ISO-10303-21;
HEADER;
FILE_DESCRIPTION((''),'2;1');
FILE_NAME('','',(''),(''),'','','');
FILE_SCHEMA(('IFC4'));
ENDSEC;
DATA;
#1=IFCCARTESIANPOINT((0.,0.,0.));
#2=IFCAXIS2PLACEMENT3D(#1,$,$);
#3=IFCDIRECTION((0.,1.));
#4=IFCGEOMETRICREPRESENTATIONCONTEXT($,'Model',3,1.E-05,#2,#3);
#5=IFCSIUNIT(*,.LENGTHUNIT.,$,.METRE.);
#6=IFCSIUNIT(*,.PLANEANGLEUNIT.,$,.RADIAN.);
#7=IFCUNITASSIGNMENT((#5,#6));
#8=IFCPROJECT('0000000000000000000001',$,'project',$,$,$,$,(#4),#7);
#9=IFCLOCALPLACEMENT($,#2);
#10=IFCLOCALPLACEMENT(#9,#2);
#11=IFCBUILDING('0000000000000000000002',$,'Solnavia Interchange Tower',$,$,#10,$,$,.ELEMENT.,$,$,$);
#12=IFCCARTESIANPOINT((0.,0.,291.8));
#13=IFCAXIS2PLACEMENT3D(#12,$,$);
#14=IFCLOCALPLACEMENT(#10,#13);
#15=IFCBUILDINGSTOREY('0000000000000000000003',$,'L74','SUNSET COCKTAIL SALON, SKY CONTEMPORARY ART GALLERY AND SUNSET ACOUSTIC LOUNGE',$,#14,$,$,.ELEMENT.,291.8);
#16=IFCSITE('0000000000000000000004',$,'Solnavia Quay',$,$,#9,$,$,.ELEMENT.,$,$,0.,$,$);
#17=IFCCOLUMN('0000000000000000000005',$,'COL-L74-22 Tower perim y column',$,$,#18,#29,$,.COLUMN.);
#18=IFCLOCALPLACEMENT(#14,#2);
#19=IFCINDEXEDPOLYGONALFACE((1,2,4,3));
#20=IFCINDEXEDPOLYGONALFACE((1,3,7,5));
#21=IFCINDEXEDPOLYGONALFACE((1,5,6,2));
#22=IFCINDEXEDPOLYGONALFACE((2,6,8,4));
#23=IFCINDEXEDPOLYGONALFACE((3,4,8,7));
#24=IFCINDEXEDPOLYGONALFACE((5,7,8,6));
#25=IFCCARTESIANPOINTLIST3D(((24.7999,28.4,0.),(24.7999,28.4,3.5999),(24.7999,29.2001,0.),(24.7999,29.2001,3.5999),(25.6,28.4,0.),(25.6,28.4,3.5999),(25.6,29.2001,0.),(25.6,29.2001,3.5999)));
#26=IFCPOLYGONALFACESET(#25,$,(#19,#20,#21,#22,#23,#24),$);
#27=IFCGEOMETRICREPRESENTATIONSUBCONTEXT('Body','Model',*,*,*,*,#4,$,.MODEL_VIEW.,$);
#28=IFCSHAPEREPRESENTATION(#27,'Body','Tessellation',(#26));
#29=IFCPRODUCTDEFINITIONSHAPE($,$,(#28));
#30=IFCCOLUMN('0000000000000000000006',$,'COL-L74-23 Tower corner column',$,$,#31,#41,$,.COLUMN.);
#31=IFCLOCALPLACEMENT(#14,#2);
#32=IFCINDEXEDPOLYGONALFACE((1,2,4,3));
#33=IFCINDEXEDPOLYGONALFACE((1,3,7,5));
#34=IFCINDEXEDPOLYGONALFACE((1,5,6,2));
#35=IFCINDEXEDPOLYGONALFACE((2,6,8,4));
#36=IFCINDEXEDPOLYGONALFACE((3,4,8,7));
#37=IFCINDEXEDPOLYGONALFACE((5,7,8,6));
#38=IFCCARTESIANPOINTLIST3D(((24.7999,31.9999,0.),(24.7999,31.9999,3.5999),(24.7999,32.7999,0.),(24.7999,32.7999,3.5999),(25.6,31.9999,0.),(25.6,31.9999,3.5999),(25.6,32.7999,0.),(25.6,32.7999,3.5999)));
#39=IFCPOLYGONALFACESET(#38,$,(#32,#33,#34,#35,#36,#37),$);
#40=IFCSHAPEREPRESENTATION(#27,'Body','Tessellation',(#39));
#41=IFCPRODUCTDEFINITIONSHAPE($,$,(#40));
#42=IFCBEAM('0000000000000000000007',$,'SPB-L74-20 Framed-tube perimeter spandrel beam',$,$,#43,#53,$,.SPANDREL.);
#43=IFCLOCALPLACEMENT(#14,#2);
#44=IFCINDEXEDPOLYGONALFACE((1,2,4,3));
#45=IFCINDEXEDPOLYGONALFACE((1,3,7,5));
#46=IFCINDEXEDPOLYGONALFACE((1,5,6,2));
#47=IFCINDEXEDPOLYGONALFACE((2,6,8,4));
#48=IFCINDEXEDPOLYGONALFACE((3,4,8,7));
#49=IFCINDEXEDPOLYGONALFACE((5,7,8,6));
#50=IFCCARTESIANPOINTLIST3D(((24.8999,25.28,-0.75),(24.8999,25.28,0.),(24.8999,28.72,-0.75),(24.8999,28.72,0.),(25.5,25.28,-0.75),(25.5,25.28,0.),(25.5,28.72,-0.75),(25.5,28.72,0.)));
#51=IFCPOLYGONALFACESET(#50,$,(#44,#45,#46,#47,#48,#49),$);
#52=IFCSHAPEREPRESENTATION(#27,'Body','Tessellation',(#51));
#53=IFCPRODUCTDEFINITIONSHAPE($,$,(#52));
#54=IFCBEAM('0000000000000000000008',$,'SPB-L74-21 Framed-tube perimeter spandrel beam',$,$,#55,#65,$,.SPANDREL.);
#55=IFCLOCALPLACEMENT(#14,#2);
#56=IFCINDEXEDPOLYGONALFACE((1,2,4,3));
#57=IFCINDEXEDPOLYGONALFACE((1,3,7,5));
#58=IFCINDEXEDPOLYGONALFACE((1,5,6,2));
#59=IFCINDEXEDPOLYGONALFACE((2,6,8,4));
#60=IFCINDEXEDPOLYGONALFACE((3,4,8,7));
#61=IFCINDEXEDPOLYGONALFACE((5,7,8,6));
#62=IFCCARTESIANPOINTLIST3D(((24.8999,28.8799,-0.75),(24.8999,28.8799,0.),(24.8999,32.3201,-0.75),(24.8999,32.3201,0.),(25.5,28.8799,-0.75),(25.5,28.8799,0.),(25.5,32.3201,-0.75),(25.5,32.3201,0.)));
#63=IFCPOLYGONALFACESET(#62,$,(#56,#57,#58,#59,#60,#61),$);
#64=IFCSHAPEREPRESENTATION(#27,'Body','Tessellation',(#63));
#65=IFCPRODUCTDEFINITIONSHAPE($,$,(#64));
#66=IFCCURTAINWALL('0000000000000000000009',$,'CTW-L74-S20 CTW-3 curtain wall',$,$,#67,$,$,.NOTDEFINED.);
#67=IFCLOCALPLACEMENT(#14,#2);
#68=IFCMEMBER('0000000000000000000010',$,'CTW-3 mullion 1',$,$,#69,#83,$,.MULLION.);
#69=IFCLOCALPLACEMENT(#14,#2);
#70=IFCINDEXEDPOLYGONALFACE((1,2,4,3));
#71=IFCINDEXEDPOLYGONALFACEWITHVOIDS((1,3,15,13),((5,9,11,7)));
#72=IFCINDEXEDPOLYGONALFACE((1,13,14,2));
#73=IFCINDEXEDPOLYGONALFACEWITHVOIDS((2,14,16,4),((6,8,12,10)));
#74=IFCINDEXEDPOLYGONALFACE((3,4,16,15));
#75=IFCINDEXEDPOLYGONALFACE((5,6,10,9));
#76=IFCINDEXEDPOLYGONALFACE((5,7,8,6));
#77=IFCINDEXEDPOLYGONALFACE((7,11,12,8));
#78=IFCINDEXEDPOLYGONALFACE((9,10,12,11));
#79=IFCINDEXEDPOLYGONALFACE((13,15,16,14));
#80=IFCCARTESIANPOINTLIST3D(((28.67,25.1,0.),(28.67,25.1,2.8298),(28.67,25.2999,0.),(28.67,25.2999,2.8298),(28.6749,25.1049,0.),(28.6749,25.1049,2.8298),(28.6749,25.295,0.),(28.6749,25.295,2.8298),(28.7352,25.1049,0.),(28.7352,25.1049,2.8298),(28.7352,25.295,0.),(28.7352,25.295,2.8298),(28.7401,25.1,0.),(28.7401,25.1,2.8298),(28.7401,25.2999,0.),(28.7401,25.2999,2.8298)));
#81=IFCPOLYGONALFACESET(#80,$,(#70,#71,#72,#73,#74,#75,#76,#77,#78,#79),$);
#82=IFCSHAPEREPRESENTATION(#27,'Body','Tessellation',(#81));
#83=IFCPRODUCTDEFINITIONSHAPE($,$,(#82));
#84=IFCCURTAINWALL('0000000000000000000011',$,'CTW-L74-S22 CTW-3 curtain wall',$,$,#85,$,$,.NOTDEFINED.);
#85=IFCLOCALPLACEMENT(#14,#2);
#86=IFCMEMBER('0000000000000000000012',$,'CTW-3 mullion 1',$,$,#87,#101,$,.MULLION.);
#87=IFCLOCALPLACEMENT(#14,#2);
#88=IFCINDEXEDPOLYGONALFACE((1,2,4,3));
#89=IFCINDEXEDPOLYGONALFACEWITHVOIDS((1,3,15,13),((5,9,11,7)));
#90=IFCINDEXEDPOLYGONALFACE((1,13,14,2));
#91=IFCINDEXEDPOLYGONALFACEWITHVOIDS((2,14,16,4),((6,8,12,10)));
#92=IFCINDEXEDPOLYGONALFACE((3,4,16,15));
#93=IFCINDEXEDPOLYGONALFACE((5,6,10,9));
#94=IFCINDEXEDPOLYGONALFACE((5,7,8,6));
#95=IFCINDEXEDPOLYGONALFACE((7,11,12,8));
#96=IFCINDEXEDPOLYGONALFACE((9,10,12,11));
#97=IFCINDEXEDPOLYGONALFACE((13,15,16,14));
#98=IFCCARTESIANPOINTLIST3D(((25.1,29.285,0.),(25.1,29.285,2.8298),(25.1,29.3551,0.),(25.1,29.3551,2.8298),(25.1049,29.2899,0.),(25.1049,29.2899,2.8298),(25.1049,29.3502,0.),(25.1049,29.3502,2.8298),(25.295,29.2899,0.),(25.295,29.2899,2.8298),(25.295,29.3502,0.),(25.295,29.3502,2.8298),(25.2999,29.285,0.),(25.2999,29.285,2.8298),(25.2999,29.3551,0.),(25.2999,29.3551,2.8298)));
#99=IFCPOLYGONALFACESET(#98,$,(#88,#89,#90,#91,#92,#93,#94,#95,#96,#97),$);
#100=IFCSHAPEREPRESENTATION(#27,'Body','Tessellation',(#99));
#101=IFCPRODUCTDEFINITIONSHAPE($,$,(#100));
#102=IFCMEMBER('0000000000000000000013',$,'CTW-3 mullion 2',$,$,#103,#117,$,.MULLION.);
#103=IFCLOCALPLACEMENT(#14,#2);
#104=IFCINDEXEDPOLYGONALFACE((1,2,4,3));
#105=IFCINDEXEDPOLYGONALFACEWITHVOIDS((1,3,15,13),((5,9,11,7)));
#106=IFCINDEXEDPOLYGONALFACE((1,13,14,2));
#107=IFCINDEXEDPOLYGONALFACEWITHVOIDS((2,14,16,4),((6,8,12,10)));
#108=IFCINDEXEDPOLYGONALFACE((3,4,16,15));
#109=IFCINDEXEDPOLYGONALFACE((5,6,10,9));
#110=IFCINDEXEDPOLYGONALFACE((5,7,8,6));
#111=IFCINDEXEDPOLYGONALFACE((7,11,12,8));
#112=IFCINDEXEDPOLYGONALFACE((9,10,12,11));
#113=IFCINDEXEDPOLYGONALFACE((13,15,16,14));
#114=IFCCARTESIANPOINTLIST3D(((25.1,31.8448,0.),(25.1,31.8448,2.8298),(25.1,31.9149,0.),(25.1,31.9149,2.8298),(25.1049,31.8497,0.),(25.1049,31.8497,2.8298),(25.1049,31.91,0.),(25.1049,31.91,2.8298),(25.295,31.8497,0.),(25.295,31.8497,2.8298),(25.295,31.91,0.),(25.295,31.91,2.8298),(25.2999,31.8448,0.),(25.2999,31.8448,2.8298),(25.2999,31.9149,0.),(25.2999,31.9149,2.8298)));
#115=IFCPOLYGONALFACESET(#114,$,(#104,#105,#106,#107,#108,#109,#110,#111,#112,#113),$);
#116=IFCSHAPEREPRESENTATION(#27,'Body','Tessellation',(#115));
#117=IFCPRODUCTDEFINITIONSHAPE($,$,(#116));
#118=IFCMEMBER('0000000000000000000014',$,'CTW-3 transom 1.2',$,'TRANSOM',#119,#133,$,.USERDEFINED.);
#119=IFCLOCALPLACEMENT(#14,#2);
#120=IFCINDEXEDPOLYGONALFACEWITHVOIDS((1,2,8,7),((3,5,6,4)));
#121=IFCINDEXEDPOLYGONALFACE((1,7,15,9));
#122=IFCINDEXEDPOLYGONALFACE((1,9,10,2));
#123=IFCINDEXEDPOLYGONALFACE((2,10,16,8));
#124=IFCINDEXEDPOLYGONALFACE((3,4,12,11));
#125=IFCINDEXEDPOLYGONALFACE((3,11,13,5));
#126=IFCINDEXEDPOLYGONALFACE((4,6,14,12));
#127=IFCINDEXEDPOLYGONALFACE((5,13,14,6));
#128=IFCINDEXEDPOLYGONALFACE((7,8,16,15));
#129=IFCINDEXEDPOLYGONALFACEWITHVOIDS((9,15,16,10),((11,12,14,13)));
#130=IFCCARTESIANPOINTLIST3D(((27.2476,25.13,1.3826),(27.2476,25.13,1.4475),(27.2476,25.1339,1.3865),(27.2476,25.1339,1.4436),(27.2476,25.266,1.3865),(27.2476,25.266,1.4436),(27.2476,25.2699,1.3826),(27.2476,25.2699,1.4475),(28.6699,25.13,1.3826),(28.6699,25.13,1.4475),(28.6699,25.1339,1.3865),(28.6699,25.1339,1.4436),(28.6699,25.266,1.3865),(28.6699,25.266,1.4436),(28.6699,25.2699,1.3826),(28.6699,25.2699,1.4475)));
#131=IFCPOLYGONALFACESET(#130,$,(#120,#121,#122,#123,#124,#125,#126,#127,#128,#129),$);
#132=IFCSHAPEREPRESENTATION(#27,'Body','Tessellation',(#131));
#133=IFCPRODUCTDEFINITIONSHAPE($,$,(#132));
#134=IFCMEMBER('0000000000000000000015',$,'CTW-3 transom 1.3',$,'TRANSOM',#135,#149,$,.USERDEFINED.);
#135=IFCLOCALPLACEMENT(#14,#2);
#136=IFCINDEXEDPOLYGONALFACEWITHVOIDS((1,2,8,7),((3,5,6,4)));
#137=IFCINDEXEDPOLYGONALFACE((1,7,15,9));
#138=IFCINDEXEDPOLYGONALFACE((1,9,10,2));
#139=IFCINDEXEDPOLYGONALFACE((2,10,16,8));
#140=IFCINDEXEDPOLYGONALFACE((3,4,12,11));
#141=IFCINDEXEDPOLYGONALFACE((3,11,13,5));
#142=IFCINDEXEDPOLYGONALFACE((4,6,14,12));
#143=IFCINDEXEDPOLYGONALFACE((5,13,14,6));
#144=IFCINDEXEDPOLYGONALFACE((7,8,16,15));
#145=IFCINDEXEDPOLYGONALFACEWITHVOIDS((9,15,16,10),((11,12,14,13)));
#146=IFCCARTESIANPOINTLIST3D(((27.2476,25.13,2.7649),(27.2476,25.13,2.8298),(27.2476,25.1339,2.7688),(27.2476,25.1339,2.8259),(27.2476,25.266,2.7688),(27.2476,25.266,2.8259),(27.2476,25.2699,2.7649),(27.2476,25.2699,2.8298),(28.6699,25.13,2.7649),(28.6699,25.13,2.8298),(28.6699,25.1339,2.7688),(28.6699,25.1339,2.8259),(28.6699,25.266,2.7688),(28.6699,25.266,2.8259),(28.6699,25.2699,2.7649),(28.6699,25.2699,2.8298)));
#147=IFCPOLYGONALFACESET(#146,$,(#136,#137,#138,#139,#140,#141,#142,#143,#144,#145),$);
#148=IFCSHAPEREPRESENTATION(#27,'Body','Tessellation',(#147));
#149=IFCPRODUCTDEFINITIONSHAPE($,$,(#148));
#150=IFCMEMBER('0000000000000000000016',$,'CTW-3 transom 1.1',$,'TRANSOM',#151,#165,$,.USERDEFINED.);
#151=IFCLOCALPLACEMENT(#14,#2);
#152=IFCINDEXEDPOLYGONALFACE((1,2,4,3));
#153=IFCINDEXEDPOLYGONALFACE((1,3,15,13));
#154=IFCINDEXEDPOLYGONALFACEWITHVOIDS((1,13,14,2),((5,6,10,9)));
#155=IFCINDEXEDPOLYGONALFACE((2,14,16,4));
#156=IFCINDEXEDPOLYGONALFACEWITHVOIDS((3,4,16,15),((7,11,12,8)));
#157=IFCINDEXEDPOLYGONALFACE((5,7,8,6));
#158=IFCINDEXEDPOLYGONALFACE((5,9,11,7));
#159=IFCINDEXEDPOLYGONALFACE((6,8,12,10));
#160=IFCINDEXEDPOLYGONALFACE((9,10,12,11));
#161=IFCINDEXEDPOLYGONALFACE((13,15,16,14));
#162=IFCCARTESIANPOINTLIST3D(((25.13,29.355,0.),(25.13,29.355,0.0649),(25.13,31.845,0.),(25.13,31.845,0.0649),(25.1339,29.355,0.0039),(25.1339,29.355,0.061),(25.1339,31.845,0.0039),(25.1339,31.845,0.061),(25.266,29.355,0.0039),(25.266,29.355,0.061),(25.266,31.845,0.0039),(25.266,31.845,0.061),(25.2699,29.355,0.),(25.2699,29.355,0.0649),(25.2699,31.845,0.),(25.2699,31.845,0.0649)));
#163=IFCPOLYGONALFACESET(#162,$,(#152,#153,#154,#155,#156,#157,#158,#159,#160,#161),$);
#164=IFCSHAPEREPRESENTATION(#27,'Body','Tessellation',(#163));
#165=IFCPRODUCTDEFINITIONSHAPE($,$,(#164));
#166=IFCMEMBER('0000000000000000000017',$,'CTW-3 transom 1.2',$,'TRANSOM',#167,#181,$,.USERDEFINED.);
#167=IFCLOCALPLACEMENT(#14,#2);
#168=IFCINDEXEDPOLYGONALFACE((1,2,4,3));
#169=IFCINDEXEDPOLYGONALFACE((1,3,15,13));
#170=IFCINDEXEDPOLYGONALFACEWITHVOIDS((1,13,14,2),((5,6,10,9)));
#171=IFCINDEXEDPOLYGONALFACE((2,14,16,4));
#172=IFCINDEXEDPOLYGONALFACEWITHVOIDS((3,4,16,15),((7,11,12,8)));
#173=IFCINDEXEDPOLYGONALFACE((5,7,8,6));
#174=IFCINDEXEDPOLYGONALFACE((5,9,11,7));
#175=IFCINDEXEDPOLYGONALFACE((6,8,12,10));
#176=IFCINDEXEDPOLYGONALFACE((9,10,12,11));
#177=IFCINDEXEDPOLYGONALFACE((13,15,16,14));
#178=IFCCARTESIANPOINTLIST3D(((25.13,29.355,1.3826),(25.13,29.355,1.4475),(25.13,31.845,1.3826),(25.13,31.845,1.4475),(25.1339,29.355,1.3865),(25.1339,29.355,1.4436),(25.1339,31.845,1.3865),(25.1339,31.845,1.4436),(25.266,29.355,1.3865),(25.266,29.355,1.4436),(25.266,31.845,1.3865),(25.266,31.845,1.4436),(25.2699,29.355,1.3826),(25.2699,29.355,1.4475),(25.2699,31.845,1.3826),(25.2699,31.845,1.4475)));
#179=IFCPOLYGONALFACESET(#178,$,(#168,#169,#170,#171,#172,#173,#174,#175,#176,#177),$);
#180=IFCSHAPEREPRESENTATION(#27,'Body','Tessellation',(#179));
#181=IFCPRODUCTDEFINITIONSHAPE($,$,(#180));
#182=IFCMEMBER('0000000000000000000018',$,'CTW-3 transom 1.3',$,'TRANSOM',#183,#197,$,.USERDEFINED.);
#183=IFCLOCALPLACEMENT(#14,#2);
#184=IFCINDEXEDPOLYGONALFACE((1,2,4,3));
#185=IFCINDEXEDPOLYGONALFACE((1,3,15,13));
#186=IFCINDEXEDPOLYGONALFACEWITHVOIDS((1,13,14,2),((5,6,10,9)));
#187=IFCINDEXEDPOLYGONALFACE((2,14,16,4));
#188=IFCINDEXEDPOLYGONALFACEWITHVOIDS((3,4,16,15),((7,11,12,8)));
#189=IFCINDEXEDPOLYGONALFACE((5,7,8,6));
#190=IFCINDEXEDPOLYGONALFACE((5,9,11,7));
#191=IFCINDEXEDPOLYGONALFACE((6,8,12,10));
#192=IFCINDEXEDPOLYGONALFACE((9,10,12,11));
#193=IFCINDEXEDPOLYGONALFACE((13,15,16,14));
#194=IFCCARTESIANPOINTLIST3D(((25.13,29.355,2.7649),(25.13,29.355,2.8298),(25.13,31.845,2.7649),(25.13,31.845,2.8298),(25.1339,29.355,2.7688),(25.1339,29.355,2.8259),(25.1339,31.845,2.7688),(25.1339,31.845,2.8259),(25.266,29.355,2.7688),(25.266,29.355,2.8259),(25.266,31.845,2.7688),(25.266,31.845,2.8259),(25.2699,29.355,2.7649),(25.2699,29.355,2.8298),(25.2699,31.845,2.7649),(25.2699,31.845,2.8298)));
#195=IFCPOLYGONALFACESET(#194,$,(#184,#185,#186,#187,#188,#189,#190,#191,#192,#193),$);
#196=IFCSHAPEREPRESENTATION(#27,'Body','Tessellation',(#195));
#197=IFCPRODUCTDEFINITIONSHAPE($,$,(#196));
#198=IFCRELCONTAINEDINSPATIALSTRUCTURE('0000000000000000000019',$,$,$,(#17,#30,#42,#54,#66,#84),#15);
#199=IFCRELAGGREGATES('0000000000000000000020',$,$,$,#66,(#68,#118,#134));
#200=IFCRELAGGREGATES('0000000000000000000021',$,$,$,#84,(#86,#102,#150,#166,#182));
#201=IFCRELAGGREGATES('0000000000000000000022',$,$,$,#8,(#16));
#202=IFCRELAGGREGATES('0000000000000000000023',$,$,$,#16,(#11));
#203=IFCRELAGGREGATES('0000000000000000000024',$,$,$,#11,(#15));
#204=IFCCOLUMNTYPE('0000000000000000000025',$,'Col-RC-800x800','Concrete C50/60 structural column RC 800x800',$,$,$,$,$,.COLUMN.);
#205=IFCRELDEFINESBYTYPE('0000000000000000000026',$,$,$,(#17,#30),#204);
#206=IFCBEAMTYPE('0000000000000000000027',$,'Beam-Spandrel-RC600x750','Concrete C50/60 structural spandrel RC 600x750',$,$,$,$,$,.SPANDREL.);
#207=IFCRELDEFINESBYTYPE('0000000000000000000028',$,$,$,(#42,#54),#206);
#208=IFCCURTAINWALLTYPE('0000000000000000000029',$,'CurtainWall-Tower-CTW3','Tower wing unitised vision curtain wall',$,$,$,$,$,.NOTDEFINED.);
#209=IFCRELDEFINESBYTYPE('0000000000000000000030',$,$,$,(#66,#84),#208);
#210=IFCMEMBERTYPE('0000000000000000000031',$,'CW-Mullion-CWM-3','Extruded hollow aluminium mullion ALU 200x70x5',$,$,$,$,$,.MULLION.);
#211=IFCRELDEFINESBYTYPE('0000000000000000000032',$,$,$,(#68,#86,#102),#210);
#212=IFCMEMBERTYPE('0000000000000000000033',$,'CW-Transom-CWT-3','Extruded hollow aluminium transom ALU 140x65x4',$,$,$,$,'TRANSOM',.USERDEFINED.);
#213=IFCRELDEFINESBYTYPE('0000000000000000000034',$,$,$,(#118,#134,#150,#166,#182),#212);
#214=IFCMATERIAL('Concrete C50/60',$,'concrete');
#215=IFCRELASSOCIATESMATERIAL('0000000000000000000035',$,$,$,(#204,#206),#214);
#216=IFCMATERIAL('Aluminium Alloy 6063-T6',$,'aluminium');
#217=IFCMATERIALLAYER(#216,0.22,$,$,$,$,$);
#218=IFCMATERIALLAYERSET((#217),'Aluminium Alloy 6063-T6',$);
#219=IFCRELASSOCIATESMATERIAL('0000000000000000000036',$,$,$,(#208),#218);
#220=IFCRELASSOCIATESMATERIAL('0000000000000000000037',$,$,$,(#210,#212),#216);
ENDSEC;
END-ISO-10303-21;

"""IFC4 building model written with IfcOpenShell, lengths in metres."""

from ifc_helpers import new_model, si_unit, direction, frame, origin, origin_2d, place, context, subcontext, project, spatial, rectangle, hollow_rectangle, extrude, material, layer, layer_set, material_profile, profile_set, type_object, element, aggregate, save


model = new_model("IFC4")

# Units and contexts
model_context = context("Model", 3, precision=1e-05, world=origin(), true_north=direction((0.0, 1.0)))
body_context = subcontext(model_context, "Body", "Model", "MODEL_VIEW")
ifc_project = project(units=[si_unit("LENGTHUNIT", "METRE"), si_unit("PLANEANGLEUNIT", "RADIAN")], contexts=[model_context])

# Site, building, storey
site_placement = place(None, origin())
site = spatial("IfcSite", under=ifc_project, at=site_placement, Name="Solnavia Quay", CompositionType="ELEMENT", RefElevation=0.0)
building_placement = place(site_placement, origin())
building = spatial("IfcBuilding", under=site, at=building_placement, Name="Solnavia Interchange Tower", CompositionType="ELEMENT")
storey_placement = place(building_placement, frame((0.0, 0.0, 291.8)))
storey = spatial("IfcBuildingStorey", under=building, at=storey_placement, Name="L74", Description="SUNSET COCKTAIL SALON, SKY CONTEMPORARY ART GALLERY AND SUNSET ACOUSTIC LOUNGE", CompositionType="ELEMENT", Elevation=291.8)

# Columns
ifc_material_1 = material(Name="Concrete C50/60", Category="concrete")
ifc_material_profile_1 = material_profile(ifc_material_1, rectangle(XDim=0.8, YDim=0.8, at=origin_2d()), Name="RC 800x800")
ifc_profile_set_1 = profile_set([ifc_material_profile_1], Name="Concrete C50/60")
column_type = type_object("IfcColumnType", Name="Col-RC-800x800", Description="Concrete C50/60 structural column RC 800x800", PredefinedType="COLUMN", material=ifc_profile_set_1)
for number, where, z_axis, x_axis, name in (
    (1, (25.2, 28.8, 0.0), (0.0, 0.0, 1.0), (0.0, 1.0, 0.0), "COL-L74-22 Tower perim y column"),
    (2, (25.2, 32.3999, 0.0), (0.0, 0.0, 1.0), (0.0, 1.0, 0.0), "COL-L74-23 Tower corner column"),
):
    element("IfcColumn", number, at=place(storey_placement, frame(where, z_axis=z_axis, x_axis=x_axis)), inside=storey, type_object=column_type, Name=name, PredefinedType="COLUMN", context=body_context, shape_type="SweptSolid", body=[
        extrude(rectangle(XDim=0.8, YDim=0.8, at=origin_2d()), origin(), (0.0, 0.0, 1.0), 3.5999),
    ])

# Beams
ifc_material_profile_2 = material_profile(ifc_material_1, rectangle(XDim=0.6001, YDim=0.75, at=origin_2d()), Name="RC 600x750")
ifc_profile_set_2 = profile_set([ifc_material_profile_2], Name="Concrete C50/60")
beam_type = type_object("IfcBeamType", Name="Beam-Spandrel-RC600x750", Description="Concrete C50/60 structural spandrel RC 600x750", PredefinedType="SPANDREL", material=ifc_profile_set_2)
beam_1_placement = place(storey_placement, frame((25.2, 25.28, -0.375), z_axis=(0.0, 1.0, 0.0), x_axis=(-1.0, 0.0, 0.0)))
element("IfcBeam", 3, at=beam_1_placement, inside=storey, type_object=beam_type, Name="SPB-L74-20 Framed-tube perimeter spandrel beam", PredefinedType="SPANDREL", context=body_context, shape_type="SweptSolid", body=[
    extrude(rectangle(XDim=0.6001, YDim=0.75, at=origin_2d()), origin(), (0.0, 0.0, 1.0), 3.4399),
])
beam_2_placement = place(storey_placement, frame((25.2, 28.8799, -0.375), z_axis=(0.0, 1.0, 0.0), x_axis=(-1.0, 0.0, 0.0)))
element("IfcBeam", 4, at=beam_2_placement, inside=storey, type_object=beam_type, Name="SPB-L74-21 Framed-tube perimeter spandrel beam", PredefinedType="SPANDREL", context=body_context, shape_type="SweptSolid", body=[
    extrude(rectangle(XDim=0.6001, YDim=0.75, at=origin_2d()), origin(), (0.0, 0.0, 1.0), 3.4402),
])

# Curtain wall, member
ifc_material_2 = material(Name="Aluminium Alloy 6063-T6", Category="aluminium")
ifc_layer_1 = layer(ifc_material_2, 0.22)
ifc_layer_set_1 = layer_set([ifc_layer_1], Name="Aluminium Alloy 6063-T6")
curtain_wall_type = type_object("IfcCurtainWallType", Name="CurtainWall-Tower-CTW3", Description="Tower wing unitised vision curtain wall", PredefinedType="NOTDEFINED", material=ifc_layer_set_1)
curtain_wall_1_placement = place(storey_placement, origin())
curtain_wall_1 = element("IfcCurtainWall", 5, at=curtain_wall_1_placement, inside=storey, type_object=curtain_wall_type, Name="CTW-L74-S20 CTW-3 curtain wall", PredefinedType="NOTDEFINED")
ifc_material_profile_3 = material_profile(ifc_material_2, hollow_rectangle(XDim=0.0701, YDim=0.2, WallThickness=0.0049, at=origin_2d()), Name="ALU 200x70x5")
ifc_profile_set_3 = profile_set([ifc_material_profile_3], Name="Aluminium Alloy 6063-T6")
member_type_1 = type_object("IfcMemberType", Name="CW-Mullion-CWM-3", Description="Extruded hollow aluminium mullion ALU 200x70x5", PredefinedType="MULLION", material=ifc_profile_set_3)
member_1_placement = place(storey_placement, frame((28.7051, 25.2, 0.0), z_axis=(0.0, 0.0, 1.0), x_axis=(-1.0, 0.0, 0.0)))
member_1 = element("IfcMember", 6, at=member_1_placement, type_object=member_type_1, Name="CTW-3 mullion 1", PredefinedType="MULLION", context=body_context, shape_type="SweptSolid", body=[
    extrude(hollow_rectangle(XDim=0.0701, YDim=0.2, WallThickness=0.0049, at=origin_2d()), origin(), (0.0, 0.0, 1.0), 2.8298),
])

# Curtain wall, members
curtain_wall_2_placement = place(storey_placement, origin())
curtain_wall_2 = element("IfcCurtainWall", 7, at=curtain_wall_2_placement, inside=storey, type_object=curtain_wall_type, Name="CTW-L74-S22 CTW-3 curtain wall", PredefinedType="NOTDEFINED")
member_2_placement = place(storey_placement, frame((25.2, 29.3201, 0.0), z_axis=(0.0, 0.0, 1.0), x_axis=(0.0, 1.0, 0.0)))
member_2 = element("IfcMember", 8, at=member_2_placement, type_object=member_type_1, Name="CTW-3 mullion 1", PredefinedType="MULLION", context=body_context, shape_type="SweptSolid", body=[
    extrude(hollow_rectangle(XDim=0.0701, YDim=0.2, WallThickness=0.0049, at=origin_2d()), origin(), (0.0, 0.0, 1.0), 2.8298),
])
member_3_placement = place(storey_placement, frame((25.2, 31.8799, 0.0), z_axis=(0.0, 0.0, 1.0), x_axis=(0.0, 1.0, 0.0)))
member_3 = element("IfcMember", 9, at=member_3_placement, type_object=member_type_1, Name="CTW-3 mullion 2", PredefinedType="MULLION", context=body_context, shape_type="SweptSolid", body=[
    extrude(hollow_rectangle(XDim=0.0701, YDim=0.2, WallThickness=0.0049, at=origin_2d()), origin(), (0.0, 0.0, 1.0), 2.8298),
])

# Members
ifc_material_profile_4 = material_profile(ifc_material_2, hollow_rectangle(XDim=0.0649, YDim=0.1399, WallThickness=0.0039, at=origin_2d()), Name="ALU 140x65x4")
ifc_profile_set_4 = profile_set([ifc_material_profile_4], Name="Aluminium Alloy 6063-T6")
member_type_2 = type_object("IfcMemberType", Name="CW-Transom-CWT-3", Description="Extruded hollow aluminium transom ALU 140x65x4", ElementType="TRANSOM", PredefinedType="USERDEFINED", material=ifc_profile_set_4)
member_4_placement = place(storey_placement, frame((28.6699, 25.2, 1.415), z_axis=(-1.0, 0.0, 0.0), x_axis=(0.0, 0.0, 1.0)))
member_4 = element("IfcMember", 10, at=member_4_placement, type_object=member_type_2, Name="CTW-3 transom 1.2", ObjectType="TRANSOM", PredefinedType="USERDEFINED", context=body_context, shape_type="SweptSolid", body=[
    extrude(hollow_rectangle(XDim=0.0649, YDim=0.1399, WallThickness=0.0039, at=origin_2d()), origin(), (0.0, 0.0, 1.0), 1.4224),
])
member_5_placement = place(storey_placement, frame((28.6699, 25.2, 2.7974), z_axis=(-1.0, 0.0, 0.0), x_axis=(0.0, 0.0, 1.0)))
member_5 = element("IfcMember", 11, at=member_5_placement, type_object=member_type_2, Name="CTW-3 transom 1.3", ObjectType="TRANSOM", PredefinedType="USERDEFINED", context=body_context, shape_type="SweptSolid", body=[
    extrude(hollow_rectangle(XDim=0.0649, YDim=0.1399, WallThickness=0.0039, at=origin_2d()), origin(), (0.0, 0.0, 1.0), 1.4224),
])
aggregate(curtain_wall_1, [member_1, member_4, member_5])
member_6_placement = place(storey_placement, frame((25.2, 29.355, 0.0325), z_axis=(0.0, 1.0, 0.0), x_axis=(0.0, 0.0, 1.0)))
member_6 = element("IfcMember", 12, at=member_6_placement, type_object=member_type_2, Name="CTW-3 transom 1.1", ObjectType="TRANSOM", PredefinedType="USERDEFINED", context=body_context, shape_type="SweptSolid", body=[
    extrude(hollow_rectangle(XDim=0.0649, YDim=0.1399, WallThickness=0.0039, at=origin_2d()), origin(), (0.0, 0.0, 1.0), 2.49),
])
member_7_placement = place(storey_placement, frame((25.2, 29.355, 1.415), z_axis=(0.0, 1.0, 0.0), x_axis=(0.0, 0.0, 1.0)))
member_7 = element("IfcMember", 13, at=member_7_placement, type_object=member_type_2, Name="CTW-3 transom 1.2", ObjectType="TRANSOM", PredefinedType="USERDEFINED", context=body_context, shape_type="SweptSolid", body=[
    extrude(hollow_rectangle(XDim=0.0649, YDim=0.1399, WallThickness=0.0039, at=origin_2d()), origin(), (0.0, 0.0, 1.0), 2.49),
])
member_8_placement = place(storey_placement, frame((25.2, 29.355, 2.7974), z_axis=(0.0, 1.0, 0.0), x_axis=(0.0, 0.0, 1.0)))
member_8 = element("IfcMember", 14, at=member_8_placement, type_object=member_type_2, Name="CTW-3 transom 1.3", ObjectType="TRANSOM", PredefinedType="USERDEFINED", context=body_context, shape_type="SweptSolid", body=[
    extrude(hollow_rectangle(XDim=0.0649, YDim=0.1399, WallThickness=0.0039, at=origin_2d()), origin(), (0.0, 0.0, 1.0), 2.49),
])

aggregate(curtain_wall_2, [member_2, member_3, member_6, member_7, member_8])

save(model, "model.ifc")
